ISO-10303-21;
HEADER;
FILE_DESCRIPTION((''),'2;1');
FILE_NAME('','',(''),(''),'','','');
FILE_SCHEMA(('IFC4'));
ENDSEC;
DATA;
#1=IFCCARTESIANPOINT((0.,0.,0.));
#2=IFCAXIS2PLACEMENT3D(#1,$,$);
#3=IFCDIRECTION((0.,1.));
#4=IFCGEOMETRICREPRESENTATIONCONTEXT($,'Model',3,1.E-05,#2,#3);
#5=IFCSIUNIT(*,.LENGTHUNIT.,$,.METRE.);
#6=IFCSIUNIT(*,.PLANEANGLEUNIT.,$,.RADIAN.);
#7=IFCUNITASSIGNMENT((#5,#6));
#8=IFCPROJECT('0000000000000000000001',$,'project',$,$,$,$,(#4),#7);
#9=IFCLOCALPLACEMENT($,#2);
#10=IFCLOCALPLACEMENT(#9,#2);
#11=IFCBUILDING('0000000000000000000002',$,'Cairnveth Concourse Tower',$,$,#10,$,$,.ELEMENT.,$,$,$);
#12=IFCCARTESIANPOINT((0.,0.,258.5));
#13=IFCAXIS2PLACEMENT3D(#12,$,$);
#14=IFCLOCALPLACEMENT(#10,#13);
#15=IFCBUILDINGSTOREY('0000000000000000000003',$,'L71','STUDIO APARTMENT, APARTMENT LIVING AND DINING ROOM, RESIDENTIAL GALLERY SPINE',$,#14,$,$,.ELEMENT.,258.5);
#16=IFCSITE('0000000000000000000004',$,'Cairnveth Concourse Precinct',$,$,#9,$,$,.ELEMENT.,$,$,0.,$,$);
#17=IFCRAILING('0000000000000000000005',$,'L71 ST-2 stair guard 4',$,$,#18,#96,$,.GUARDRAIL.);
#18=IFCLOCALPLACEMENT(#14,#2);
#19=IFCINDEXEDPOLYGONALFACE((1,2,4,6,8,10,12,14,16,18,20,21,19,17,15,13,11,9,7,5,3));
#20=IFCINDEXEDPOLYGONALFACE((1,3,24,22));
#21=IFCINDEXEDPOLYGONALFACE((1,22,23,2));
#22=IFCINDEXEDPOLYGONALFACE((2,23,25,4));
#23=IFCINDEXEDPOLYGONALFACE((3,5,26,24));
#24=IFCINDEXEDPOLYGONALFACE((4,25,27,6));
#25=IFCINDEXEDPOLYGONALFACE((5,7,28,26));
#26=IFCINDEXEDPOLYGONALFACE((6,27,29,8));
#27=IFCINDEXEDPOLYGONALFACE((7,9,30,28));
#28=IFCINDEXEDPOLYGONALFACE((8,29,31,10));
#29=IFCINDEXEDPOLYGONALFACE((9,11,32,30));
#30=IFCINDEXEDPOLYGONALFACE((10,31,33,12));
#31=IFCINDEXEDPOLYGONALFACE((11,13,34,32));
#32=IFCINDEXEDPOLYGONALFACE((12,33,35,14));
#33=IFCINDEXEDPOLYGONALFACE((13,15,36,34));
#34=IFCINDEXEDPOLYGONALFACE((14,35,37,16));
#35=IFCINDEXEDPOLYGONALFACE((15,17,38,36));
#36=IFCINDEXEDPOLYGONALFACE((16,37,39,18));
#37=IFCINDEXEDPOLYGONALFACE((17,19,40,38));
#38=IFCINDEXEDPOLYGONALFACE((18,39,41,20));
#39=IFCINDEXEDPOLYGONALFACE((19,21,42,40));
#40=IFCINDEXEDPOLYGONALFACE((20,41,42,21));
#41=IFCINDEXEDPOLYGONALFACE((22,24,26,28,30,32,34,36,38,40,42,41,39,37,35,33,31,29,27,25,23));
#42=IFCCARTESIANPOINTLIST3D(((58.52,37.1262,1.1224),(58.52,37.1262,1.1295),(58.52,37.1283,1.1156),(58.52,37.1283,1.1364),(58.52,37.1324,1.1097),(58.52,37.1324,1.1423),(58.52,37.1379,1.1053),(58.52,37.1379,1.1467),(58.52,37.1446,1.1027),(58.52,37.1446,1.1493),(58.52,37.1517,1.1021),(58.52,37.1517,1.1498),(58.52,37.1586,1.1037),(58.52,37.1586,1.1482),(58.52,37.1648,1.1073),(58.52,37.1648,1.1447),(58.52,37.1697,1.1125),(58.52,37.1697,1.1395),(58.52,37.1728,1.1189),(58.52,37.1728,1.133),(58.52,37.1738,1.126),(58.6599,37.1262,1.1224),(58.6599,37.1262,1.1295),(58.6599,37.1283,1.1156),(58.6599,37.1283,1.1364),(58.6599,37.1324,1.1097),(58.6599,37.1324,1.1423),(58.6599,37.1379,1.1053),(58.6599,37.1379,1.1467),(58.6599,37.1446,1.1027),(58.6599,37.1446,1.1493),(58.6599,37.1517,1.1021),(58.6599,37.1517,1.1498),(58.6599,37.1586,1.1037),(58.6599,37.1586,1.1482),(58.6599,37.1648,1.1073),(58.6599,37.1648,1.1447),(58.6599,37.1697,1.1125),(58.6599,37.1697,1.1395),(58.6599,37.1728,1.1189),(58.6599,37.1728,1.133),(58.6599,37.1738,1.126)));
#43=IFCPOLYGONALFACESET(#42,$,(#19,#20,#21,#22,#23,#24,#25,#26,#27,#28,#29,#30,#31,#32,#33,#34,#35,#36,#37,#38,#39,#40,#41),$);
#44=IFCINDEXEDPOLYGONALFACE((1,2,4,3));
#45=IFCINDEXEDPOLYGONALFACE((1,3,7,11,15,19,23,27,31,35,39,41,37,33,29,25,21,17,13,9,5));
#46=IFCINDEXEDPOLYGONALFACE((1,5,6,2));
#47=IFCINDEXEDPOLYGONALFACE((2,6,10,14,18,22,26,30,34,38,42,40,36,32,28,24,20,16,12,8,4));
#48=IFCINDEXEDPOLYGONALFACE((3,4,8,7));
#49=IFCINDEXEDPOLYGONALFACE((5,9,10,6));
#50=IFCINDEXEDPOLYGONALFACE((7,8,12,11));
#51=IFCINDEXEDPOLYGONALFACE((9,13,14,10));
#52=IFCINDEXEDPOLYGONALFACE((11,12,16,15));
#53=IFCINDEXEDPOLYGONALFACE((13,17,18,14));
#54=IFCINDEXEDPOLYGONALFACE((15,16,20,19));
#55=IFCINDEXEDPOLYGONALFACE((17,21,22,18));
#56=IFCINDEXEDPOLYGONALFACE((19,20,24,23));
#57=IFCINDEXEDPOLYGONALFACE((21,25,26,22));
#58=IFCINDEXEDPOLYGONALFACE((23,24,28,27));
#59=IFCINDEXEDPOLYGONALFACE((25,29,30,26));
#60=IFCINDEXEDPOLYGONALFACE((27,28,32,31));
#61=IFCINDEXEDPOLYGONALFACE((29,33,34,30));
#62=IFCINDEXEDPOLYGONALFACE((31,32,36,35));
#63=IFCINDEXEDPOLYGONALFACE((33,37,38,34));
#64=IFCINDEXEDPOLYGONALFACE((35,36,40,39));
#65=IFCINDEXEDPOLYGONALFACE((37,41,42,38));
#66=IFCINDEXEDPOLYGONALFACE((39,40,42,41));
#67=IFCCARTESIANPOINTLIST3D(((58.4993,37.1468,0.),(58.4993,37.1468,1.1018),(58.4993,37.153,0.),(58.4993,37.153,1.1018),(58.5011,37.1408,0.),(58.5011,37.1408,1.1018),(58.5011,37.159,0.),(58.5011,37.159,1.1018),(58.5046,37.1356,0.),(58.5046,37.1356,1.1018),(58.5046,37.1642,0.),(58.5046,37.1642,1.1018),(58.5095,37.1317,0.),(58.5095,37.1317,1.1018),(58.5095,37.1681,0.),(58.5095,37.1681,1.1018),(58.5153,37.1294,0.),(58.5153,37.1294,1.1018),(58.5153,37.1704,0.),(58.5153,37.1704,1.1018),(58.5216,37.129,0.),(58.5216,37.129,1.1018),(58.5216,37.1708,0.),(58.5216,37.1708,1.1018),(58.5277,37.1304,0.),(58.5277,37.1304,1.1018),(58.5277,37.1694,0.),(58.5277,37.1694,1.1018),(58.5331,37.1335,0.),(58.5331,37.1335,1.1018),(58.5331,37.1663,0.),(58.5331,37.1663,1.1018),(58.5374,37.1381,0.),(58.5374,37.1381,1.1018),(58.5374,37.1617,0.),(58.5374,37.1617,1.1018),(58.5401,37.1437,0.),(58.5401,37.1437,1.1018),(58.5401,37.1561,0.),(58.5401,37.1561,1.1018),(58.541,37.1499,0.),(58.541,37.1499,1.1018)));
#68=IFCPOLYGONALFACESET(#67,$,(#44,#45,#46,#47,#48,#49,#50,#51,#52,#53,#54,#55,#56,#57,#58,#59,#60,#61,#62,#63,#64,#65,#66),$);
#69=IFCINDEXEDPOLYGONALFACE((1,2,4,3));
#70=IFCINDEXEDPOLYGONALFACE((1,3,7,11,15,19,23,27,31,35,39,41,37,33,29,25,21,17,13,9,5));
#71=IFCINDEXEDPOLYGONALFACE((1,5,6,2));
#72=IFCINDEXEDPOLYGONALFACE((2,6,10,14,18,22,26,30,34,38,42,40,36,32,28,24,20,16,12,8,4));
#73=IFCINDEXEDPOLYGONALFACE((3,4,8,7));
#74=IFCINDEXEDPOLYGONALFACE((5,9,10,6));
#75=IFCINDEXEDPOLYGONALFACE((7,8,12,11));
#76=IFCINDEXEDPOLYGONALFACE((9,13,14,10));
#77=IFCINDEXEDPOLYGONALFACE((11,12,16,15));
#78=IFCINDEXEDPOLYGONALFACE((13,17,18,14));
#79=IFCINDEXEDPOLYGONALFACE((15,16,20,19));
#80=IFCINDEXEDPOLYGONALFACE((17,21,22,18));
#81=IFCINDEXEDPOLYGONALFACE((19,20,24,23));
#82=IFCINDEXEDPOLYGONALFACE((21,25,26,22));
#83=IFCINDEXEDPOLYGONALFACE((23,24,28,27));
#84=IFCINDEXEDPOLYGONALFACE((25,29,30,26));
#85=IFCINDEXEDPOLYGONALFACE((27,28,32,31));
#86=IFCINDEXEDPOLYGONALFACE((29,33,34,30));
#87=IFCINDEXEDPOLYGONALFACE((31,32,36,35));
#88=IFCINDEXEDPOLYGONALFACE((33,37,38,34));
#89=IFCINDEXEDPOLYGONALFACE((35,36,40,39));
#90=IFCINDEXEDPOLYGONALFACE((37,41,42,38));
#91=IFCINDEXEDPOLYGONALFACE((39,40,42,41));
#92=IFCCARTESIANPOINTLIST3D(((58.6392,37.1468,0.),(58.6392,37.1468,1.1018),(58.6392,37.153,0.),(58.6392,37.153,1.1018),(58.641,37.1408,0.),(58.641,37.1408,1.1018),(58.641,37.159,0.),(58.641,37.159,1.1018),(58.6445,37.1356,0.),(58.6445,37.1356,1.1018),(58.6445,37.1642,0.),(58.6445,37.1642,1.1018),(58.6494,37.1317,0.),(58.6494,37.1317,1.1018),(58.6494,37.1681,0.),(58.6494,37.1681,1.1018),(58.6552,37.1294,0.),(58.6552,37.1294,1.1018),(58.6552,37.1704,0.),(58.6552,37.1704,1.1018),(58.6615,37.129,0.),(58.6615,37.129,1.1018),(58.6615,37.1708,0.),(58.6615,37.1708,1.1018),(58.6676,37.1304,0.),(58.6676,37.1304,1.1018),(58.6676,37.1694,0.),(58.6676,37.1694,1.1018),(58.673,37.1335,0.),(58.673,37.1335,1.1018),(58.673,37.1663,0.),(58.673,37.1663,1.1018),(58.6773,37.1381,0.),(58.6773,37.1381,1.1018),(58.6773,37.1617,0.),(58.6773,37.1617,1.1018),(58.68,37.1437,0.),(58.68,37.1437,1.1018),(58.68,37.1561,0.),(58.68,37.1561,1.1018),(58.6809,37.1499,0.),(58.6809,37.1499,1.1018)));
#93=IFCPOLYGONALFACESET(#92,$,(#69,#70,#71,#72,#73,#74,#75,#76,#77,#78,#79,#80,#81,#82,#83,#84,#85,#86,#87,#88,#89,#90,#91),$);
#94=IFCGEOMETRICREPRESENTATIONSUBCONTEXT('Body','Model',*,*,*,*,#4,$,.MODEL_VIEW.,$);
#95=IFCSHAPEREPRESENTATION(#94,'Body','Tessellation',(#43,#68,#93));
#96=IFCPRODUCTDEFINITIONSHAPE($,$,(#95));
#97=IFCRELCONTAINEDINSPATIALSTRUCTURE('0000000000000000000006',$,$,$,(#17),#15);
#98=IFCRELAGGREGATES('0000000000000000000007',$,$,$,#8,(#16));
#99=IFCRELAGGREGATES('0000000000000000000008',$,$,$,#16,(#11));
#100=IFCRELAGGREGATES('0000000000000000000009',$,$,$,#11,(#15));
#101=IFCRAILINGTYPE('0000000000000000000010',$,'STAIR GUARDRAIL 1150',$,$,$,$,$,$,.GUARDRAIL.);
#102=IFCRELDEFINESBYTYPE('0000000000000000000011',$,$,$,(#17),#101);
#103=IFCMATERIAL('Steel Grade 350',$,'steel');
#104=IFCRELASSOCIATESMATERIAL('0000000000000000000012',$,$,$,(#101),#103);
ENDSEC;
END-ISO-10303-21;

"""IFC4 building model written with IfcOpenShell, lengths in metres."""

from ifc_helpers import new_model, si_unit, direction, frame, origin, origin_2d, place, context, subcontext, project, spatial, circle, extrude, material, type_object, element, save


model = new_model("IFC4")

# Units and contexts
model_context = context("Model", 3, precision=1e-05, world=origin(), true_north=direction((0.0, 1.0)))
body_context = subcontext(model_context, "Body", "Model", "MODEL_VIEW")
ifc_project = project(units=[si_unit("LENGTHUNIT", "METRE"), si_unit("PLANEANGLEUNIT", "RADIAN")], contexts=[model_context])

# Site, building, storey
site_placement = place(None, origin())
site = spatial("IfcSite", under=ifc_project, at=site_placement, Name="Cairnveth Concourse Precinct", CompositionType="ELEMENT", RefElevation=0.0)
building_placement = place(site_placement, origin())
building = spatial("IfcBuilding", under=site, at=building_placement, Name="Cairnveth Concourse Tower", CompositionType="ELEMENT")
storey_placement = place(building_placement, frame((0.0, 0.0, 258.5)))
storey = spatial("IfcBuildingStorey", under=building, at=storey_placement, Name="L71", Description="STUDIO APARTMENT, APARTMENT LIVING AND DINING ROOM, RESIDENTIAL GALLERY SPINE", CompositionType="ELEMENT", Elevation=258.5)

# Shared definitions
ifc_material_1 = material(Name="Steel Grade 350", Category="steel")

# Railing
railing_type = type_object("IfcRailingType", Name="STAIR GUARDRAIL 1150", PredefinedType="GUARDRAIL", material=ifc_material_1)
railing_1_placement = place(storey_placement, frame((58.52, 37.1499, 0.0)))
element("IfcRailing", 1, at=railing_1_placement, inside=storey, type_object=railing_type, Name="L71 ST-2 stair guard 4", PredefinedType="GUARDRAIL", context=body_context, shape_type="SweptSolid", body=[
    extrude(circle(Radius=0.0239, at=origin_2d()), frame((0.0, 0.0, 1.126), z_axis=(1.0, 0.0, 0.0), x_axis=(0.0, 1.0, 0.0)), (0.0, 0.0, 1.0), 0.1399),
    extrude(circle(Radius=0.021, at=origin_2d()), origin(), (0.0, 0.0, 1.0), 1.1018),
    extrude(circle(Radius=0.021, at=origin_2d()), frame((0.1399, 0.0, 0.0)), (0.0, 0.0, 1.0), 1.1018),
])

save(model, "model.ifc")
